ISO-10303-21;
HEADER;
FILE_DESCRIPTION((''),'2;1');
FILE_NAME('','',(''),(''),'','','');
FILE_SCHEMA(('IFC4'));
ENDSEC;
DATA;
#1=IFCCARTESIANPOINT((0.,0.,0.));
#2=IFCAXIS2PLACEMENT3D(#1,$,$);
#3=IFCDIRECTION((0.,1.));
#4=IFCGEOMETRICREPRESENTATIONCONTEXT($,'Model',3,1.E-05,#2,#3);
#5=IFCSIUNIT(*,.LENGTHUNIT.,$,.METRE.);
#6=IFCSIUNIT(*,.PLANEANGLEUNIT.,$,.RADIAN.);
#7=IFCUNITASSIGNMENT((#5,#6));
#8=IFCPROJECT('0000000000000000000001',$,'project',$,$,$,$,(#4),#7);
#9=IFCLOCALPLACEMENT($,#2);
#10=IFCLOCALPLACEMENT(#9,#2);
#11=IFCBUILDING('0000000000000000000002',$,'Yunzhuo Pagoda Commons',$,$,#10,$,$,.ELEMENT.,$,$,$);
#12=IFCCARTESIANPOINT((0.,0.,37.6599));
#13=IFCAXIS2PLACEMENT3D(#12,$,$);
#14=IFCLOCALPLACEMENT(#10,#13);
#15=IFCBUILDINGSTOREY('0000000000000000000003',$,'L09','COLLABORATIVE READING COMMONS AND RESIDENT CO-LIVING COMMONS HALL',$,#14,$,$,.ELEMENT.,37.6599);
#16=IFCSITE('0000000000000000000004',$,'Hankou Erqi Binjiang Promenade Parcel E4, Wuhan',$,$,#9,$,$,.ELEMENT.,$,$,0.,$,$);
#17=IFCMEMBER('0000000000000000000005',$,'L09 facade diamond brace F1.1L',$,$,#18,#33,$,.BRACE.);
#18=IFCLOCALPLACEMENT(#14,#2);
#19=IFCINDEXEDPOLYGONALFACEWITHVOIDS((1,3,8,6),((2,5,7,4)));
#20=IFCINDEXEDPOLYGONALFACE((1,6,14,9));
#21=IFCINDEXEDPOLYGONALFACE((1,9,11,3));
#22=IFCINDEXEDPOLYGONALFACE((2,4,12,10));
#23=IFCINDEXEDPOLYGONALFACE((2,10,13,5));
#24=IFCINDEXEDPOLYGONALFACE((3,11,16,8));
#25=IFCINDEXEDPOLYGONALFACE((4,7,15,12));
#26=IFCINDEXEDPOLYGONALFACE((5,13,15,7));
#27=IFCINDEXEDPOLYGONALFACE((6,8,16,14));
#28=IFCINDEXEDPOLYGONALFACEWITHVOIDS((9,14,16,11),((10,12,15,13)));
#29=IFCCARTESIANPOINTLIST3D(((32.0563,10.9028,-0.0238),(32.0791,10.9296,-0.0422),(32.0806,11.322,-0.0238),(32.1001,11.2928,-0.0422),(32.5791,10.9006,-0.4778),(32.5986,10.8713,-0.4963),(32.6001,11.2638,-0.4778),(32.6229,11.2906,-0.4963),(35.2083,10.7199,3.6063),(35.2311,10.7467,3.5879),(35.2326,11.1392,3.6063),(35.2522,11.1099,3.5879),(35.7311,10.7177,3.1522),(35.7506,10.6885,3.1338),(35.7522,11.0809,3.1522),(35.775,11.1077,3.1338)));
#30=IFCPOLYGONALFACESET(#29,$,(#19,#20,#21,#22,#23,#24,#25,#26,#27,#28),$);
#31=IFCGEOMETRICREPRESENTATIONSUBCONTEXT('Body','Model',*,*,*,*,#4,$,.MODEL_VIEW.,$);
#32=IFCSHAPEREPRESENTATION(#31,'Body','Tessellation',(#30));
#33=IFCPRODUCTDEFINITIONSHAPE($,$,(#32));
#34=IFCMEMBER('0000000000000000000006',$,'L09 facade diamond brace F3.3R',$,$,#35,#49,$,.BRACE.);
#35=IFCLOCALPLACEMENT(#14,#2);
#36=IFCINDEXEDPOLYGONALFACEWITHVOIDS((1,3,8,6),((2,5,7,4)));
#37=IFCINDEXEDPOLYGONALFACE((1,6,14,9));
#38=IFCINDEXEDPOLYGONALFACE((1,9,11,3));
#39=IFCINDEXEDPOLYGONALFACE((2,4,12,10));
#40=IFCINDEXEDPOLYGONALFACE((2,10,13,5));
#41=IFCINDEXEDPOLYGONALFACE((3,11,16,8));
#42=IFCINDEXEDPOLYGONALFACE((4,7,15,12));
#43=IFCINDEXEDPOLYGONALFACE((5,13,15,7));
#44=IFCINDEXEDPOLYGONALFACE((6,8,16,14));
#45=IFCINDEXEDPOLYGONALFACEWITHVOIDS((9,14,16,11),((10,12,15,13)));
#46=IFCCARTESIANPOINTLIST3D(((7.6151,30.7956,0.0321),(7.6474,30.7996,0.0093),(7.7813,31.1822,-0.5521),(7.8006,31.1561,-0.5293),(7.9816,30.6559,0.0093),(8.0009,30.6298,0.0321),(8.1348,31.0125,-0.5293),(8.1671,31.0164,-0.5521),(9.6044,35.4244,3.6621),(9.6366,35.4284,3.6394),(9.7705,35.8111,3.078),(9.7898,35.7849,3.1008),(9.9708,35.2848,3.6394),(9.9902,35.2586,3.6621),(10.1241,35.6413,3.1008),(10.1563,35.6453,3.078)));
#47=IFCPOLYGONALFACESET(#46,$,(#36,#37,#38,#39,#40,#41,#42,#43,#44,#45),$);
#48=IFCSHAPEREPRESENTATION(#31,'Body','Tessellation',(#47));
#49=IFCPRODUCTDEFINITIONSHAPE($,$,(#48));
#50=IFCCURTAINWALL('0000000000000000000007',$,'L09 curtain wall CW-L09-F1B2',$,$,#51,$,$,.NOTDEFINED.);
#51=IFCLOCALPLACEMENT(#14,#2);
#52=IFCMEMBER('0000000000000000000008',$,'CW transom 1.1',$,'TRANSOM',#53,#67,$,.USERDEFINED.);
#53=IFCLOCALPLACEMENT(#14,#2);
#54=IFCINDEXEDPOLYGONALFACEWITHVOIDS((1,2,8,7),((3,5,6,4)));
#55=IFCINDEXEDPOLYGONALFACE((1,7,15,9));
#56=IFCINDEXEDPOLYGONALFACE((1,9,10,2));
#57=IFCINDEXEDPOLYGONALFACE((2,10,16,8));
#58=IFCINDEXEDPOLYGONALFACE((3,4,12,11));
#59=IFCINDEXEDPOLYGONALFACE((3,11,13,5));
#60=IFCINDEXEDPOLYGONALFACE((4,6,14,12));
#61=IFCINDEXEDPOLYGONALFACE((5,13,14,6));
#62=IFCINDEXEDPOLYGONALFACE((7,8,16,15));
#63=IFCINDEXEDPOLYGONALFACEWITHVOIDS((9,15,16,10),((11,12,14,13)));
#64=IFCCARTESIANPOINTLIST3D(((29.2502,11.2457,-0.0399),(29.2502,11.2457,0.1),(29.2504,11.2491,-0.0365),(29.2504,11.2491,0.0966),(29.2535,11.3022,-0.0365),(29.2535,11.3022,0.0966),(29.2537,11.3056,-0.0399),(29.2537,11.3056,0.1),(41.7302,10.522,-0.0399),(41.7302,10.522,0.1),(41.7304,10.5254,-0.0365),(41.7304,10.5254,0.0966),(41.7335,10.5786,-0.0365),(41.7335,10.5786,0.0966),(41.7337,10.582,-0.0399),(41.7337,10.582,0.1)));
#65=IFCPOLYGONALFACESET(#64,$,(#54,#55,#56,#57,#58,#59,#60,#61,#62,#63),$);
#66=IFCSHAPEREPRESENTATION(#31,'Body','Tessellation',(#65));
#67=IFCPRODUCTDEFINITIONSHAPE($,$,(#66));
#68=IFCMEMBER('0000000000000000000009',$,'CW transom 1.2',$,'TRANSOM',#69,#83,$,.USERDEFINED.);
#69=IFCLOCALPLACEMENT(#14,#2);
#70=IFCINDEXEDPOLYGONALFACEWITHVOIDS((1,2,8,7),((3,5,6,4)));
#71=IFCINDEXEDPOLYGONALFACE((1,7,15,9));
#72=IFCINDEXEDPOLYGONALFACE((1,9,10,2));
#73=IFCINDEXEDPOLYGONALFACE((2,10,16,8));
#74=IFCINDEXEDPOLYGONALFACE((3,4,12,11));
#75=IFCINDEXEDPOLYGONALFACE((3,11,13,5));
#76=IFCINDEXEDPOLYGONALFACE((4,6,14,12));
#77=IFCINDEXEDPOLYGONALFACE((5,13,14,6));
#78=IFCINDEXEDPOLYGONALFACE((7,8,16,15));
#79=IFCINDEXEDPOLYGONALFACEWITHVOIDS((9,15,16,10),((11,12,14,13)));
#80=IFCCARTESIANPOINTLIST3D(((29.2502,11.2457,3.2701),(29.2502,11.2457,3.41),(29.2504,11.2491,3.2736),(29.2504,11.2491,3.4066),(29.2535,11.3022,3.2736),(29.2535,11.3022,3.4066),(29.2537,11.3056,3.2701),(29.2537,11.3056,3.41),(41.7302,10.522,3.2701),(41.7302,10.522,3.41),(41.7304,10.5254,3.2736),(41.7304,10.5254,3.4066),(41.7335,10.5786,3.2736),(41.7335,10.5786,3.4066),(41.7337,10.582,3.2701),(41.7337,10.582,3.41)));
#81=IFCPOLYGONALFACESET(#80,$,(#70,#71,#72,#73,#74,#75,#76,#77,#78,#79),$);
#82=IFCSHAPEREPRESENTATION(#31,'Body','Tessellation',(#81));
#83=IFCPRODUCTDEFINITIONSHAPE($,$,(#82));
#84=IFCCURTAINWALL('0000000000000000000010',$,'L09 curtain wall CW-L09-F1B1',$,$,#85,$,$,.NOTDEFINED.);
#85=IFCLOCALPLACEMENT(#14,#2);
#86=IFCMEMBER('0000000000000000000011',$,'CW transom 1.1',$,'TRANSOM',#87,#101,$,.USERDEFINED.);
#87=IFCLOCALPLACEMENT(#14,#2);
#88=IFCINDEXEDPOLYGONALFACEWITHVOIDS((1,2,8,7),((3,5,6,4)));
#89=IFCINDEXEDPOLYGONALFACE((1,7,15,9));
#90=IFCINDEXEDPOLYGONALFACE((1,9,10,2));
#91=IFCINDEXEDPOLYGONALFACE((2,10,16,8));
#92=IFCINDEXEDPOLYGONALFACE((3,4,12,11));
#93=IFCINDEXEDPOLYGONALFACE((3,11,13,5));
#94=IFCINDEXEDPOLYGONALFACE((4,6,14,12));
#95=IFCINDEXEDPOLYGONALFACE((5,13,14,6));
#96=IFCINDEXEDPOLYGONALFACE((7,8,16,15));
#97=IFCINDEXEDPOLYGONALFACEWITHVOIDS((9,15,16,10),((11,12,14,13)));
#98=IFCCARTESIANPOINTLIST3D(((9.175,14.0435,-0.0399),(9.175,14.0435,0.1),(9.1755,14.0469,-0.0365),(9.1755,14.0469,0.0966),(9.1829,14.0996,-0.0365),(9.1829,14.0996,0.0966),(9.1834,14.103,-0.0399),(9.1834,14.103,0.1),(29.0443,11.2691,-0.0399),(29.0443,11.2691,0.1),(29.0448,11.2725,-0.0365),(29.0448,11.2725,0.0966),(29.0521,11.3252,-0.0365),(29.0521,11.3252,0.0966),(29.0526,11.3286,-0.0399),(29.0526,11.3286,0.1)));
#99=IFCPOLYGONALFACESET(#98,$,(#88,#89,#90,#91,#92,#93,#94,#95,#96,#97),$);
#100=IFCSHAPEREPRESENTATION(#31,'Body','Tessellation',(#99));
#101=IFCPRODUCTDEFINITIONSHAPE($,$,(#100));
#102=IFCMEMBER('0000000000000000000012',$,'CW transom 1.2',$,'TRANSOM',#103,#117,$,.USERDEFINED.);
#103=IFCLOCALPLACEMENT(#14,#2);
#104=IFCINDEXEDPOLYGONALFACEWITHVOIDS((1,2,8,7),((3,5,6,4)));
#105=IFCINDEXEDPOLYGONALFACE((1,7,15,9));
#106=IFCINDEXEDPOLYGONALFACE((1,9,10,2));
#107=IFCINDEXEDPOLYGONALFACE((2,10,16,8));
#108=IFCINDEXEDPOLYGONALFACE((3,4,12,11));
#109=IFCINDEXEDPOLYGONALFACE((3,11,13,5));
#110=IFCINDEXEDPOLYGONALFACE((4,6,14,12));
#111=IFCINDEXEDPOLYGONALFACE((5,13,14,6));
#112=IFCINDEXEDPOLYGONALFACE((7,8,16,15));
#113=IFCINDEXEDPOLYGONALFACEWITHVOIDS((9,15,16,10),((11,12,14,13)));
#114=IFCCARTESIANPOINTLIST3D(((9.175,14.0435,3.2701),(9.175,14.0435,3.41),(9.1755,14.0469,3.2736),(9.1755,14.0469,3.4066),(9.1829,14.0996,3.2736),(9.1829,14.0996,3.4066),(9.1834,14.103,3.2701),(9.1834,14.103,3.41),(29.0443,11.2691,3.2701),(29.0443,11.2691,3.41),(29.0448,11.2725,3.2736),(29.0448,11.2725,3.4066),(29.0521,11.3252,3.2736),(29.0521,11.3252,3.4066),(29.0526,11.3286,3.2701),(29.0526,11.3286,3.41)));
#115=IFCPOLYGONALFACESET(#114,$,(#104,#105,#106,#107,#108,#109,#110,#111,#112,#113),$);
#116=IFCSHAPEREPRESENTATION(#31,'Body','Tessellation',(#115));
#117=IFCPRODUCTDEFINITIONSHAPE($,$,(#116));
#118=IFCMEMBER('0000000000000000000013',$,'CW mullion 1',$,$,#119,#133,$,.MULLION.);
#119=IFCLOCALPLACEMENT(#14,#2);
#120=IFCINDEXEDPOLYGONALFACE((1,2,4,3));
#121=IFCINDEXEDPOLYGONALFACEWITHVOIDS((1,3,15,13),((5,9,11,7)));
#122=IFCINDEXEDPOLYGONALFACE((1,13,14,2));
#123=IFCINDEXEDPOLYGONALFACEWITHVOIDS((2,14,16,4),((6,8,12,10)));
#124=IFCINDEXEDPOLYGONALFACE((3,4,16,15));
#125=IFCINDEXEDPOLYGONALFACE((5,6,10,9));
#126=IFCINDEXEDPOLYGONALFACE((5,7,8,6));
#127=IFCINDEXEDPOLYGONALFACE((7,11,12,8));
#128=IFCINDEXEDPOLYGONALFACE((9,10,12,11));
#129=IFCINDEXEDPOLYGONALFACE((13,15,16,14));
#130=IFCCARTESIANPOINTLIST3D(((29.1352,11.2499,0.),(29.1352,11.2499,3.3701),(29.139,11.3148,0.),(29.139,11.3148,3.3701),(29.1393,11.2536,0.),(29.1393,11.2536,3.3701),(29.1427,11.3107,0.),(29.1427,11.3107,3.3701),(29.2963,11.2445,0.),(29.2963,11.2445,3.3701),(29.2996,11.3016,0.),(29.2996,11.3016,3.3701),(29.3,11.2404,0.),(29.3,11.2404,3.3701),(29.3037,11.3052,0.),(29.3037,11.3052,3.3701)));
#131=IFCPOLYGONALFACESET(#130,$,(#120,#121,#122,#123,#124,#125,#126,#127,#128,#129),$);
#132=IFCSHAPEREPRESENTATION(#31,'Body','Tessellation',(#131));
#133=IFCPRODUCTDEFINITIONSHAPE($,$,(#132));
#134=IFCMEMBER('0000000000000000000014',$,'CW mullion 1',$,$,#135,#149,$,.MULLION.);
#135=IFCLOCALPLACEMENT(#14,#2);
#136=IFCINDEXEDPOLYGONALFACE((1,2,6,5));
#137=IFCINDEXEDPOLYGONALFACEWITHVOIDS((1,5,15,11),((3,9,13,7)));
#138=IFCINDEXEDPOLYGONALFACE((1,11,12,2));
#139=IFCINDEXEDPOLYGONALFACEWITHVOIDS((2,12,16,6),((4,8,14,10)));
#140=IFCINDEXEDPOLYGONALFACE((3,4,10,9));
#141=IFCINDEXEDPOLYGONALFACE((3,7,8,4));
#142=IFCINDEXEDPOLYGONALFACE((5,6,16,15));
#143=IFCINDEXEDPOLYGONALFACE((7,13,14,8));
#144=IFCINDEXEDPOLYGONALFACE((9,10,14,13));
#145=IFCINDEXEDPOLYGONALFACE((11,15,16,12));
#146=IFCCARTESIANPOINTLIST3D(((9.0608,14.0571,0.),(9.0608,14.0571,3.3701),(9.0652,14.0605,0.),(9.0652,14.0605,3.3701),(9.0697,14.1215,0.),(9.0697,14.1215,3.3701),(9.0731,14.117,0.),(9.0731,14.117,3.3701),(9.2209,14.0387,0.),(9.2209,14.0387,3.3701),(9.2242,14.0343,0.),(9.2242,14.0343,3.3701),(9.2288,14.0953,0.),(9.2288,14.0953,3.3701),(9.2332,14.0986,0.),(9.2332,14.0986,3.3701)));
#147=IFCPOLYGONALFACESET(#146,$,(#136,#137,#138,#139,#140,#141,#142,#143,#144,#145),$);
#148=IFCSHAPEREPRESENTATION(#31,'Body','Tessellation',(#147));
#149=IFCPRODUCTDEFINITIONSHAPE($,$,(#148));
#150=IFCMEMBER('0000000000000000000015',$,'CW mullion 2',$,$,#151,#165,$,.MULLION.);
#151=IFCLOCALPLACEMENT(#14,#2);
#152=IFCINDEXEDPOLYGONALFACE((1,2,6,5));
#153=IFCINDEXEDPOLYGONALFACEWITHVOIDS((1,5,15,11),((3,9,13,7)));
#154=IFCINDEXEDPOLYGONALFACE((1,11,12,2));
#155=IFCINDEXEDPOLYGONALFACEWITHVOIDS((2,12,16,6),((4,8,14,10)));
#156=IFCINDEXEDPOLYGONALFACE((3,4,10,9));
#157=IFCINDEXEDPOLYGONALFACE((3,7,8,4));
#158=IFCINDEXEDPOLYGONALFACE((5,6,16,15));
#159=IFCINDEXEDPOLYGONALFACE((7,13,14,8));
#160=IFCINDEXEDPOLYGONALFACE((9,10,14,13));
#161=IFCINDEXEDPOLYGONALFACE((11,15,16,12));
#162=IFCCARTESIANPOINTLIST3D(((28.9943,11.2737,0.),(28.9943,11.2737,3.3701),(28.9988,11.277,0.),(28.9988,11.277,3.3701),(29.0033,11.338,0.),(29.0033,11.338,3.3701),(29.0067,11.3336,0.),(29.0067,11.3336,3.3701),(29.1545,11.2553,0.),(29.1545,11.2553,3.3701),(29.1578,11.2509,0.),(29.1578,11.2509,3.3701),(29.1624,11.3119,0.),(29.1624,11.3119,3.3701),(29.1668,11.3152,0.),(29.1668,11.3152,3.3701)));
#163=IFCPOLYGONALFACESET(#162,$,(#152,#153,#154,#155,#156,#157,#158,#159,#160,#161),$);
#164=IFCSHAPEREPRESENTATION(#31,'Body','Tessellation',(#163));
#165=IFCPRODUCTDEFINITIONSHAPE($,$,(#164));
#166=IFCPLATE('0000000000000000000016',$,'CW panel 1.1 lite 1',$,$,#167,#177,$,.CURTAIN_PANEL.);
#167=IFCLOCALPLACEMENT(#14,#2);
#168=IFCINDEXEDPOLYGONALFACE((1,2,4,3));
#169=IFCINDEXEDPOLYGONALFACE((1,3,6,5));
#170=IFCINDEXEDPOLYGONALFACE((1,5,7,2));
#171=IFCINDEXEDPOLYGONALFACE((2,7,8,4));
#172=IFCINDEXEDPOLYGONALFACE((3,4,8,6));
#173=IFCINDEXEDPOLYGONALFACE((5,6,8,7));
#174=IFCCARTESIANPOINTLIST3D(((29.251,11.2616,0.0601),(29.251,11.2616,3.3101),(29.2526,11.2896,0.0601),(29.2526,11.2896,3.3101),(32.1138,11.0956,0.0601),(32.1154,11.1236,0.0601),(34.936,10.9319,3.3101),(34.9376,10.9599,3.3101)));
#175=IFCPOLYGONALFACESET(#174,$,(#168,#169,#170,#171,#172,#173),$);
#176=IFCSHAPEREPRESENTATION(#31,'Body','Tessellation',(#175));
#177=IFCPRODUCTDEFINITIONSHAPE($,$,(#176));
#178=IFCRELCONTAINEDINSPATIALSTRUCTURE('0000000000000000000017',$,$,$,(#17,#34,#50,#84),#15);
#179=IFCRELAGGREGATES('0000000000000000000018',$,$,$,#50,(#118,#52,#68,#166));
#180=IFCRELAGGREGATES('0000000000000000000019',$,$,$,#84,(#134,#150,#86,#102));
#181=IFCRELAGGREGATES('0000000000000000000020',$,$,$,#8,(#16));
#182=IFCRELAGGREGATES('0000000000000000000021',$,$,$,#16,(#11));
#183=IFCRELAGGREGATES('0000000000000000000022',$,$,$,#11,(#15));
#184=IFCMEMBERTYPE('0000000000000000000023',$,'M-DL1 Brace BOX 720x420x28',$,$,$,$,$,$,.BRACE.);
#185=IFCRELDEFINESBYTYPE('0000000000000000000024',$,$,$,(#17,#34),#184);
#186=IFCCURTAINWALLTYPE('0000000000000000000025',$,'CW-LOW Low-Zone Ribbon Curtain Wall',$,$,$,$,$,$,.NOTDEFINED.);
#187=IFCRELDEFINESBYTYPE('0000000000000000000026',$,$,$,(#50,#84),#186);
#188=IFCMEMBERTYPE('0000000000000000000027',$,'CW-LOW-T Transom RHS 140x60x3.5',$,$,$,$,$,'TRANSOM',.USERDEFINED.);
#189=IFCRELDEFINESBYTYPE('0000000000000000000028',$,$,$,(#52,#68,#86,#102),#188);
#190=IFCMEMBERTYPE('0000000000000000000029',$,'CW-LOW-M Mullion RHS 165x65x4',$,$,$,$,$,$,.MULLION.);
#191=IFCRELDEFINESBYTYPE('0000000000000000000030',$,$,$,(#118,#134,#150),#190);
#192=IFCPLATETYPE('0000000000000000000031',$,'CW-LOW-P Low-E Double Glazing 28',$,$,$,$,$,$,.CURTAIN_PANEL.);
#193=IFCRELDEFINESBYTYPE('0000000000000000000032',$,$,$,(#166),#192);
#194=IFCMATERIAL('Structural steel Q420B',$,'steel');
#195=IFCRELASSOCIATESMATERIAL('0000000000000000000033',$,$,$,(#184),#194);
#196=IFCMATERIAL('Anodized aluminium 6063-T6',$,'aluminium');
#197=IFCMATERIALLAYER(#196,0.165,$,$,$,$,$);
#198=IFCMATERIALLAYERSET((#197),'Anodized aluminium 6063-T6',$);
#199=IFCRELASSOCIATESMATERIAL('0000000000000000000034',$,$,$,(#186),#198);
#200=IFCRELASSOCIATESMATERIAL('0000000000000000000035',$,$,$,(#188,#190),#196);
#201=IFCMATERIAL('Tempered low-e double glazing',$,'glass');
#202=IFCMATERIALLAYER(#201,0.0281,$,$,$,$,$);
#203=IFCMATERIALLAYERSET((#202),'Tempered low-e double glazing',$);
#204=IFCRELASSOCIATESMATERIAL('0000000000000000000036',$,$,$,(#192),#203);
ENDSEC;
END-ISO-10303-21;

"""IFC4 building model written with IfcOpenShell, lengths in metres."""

from ifc_helpers import new_model, si_unit, direction, frame, origin, origin_2d, place, context, subcontext, project, spatial, polyline, hollow_rectangle, outline, extrude, source, transform, mapped, material, layer, layer_set, material_profile, profile_set, type_object, element, aggregate, save


model = new_model("IFC4")

# Units and contexts
model_context = context("Model", 3, precision=1e-05, world=origin(), true_north=direction((0.0, 1.0)))
body_context = subcontext(model_context, "Body", "Model", "MODEL_VIEW")
ifc_project = project(units=[si_unit("LENGTHUNIT", "METRE"), si_unit("PLANEANGLEUNIT", "RADIAN")], contexts=[model_context])

# Site, building, storey
site_placement = place(None, origin())
site = spatial("IfcSite", under=ifc_project, at=site_placement, Name="Hankou Erqi Binjiang Promenade Parcel E4, Wuhan", CompositionType="ELEMENT", RefElevation=0.0)
building_placement = place(site_placement, origin())
building = spatial("IfcBuilding", under=site, at=building_placement, Name="Yunzhuo Pagoda Commons", CompositionType="ELEMENT")
storey_placement = place(building_placement, frame((0.0, 0.0, 37.6599)))
storey = spatial("IfcBuildingStorey", under=building, at=storey_placement, Name="L09", Description="COLLABORATIVE READING COMMONS AND RESIDENT CO-LIVING COMMONS HALL", CompositionType="ELEMENT", Elevation=37.6599)

# Shared definitions
ifc_material_1 = material(Name="Structural steel Q420B", Category="steel")

# Members
ifc_material_profile_1 = material_profile(ifc_material_1, hollow_rectangle(XDim=0.4199, YDim=0.72, WallThickness=0.0281, at=origin_2d()), Name="Structural steel Q420B")
ifc_profile_set_1 = profile_set([ifc_material_profile_1], Name="Structural steel Q420B")
member_type_1 = type_object("IfcMemberType", Name="M-DL1 Brace BOX 720x420x28", PredefinedType="BRACE", material=ifc_profile_set_1)
shared_shape_1 = source(origin(), body_context, "Body", "SweptSolid", [
    extrude(hollow_rectangle(XDim=0.4199, YDim=0.72, WallThickness=0.0281, at=origin_2d()), origin(), (0.0, 0.0, 1.0), 4.811),
])
member_1_placement = place(storey_placement, frame((32.3396, 11.0967, -0.26), z_axis=(0.655168, -0.038008, 0.754527), x_axis=(0.057915, 0.998322, 0.0)))
element("IfcMember", 1, at=member_1_placement, inside=storey, type_object=member_type_1, Name="L09 facade diamond brace F1.1L", PredefinedType="BRACE", context=body_context, shape_type="MappedRepresentation", body=[
    mapped(shared_shape_1, transform((0.0, 0.0, 0.0), scale=1.0)),
])
shared_shape_2 = source(origin(), body_context, "Body", "SweptSolid", [
    extrude(hollow_rectangle(XDim=0.4199, YDim=0.72, WallThickness=0.0281, at=origin_2d()), origin(), (0.0, 0.0, 1.0), 6.2097),
])
member_2_placement = place(storey_placement, frame((7.8911, 30.906, -0.26), z_axis=(0.320341, 0.745418, 0.584579), x_axis=(-0.918754, 0.394831, 0.0)))
element("IfcMember", 2, at=member_2_placement, inside=storey, type_object=member_type_1, Name="L09 facade diamond brace F3.3R", PredefinedType="BRACE", context=body_context, shape_type="MappedRepresentation", body=[
    mapped(shared_shape_2, transform((0.0, 0.0, 0.0), scale=1.0)),
])

# Curtain walls, members
ifc_material_2 = material(Name="Anodized aluminium 6063-T6", Category="aluminium")
ifc_layer_1 = layer(ifc_material_2, 0.165)
ifc_layer_set_1 = layer_set([ifc_layer_1], Name="Anodized aluminium 6063-T6")
curtain_wall_type = type_object("IfcCurtainWallType", Name="CW-LOW Low-Zone Ribbon Curtain Wall", PredefinedType="NOTDEFINED", material=ifc_layer_set_1)
curtain_wall_1_placement = place(storey_placement, origin())
curtain_wall_1 = element("IfcCurtainWall", 3, at=curtain_wall_1_placement, inside=storey, type_object=curtain_wall_type, Name="L09 curtain wall CW-L09-F1B2", PredefinedType="NOTDEFINED")
ifc_material_profile_2 = material_profile(ifc_material_2, hollow_rectangle(XDim=0.0601, YDim=0.1399, WallThickness=0.0034, at=origin_2d()), Name="Anodized aluminium 6063-T6")
ifc_profile_set_2 = profile_set([ifc_material_profile_2], Name="Anodized aluminium 6063-T6")
member_type_2 = type_object("IfcMemberType", Name="CW-LOW-T Transom RHS 140x60x3.5", ElementType="TRANSOM", PredefinedType="USERDEFINED", material=ifc_profile_set_2)
shared_shape_3 = source(origin(), body_context, "Body", "SweptSolid", [
    extrude(hollow_rectangle(XDim=0.0601, YDim=0.1399, WallThickness=0.0034, at=origin_2d()), origin(), (0.0, 0.0, 1.0), 12.501),
])
member_3_placement = place(storey_placement, frame((29.252, 11.2756, 0.03), z_axis=(0.998323, -0.057886, 0.0), x_axis=(0.057886, 0.998323, 0.0)))
member_3 = element("IfcMember", 4, at=member_3_placement, type_object=member_type_2, Name="CW transom 1.1", ObjectType="TRANSOM", PredefinedType="USERDEFINED", context=body_context, shape_type="MappedRepresentation", body=[
    mapped(shared_shape_3, transform((0.0, 0.0, 0.0), scale=1.0)),
])
member_4_placement = place(storey_placement, frame((29.252, 11.2756, 3.3401), z_axis=(0.998323, -0.057886, 0.0), x_axis=(0.057886, 0.998323, 0.0)))
member_4 = element("IfcMember", 5, at=member_4_placement, type_object=member_type_2, Name="CW transom 1.2", ObjectType="TRANSOM", PredefinedType="USERDEFINED", context=body_context, shape_type="MappedRepresentation", body=[
    mapped(shared_shape_3, transform((0.0, 0.0, 0.0), scale=1.0)),
])
curtain_wall_2_placement = place(storey_placement, origin())
curtain_wall_2 = element("IfcCurtainWall", 6, at=curtain_wall_2_placement, inside=storey, type_object=curtain_wall_type, Name="L09 curtain wall CW-L09-F1B1", PredefinedType="NOTDEFINED")
shared_shape_4 = source(origin(), body_context, "Body", "SweptSolid", [
    extrude(hollow_rectangle(XDim=0.0601, YDim=0.1399, WallThickness=0.0034, at=origin_2d()), origin(), (0.0, 0.0, 1.0), 20.062),
])
member_5_placement = place(storey_placement, frame((9.1792, 14.0732, 0.03), z_axis=(0.990391, -0.138293, 0.0), x_axis=(0.138293, 0.990391, 0.0)))
member_5 = element("IfcMember", 7, at=member_5_placement, type_object=member_type_2, Name="CW transom 1.1", ObjectType="TRANSOM", PredefinedType="USERDEFINED", context=body_context, shape_type="MappedRepresentation", body=[
    mapped(shared_shape_4, transform((0.0, 0.0, 0.0), scale=1.0)),
])
member_6_placement = place(storey_placement, frame((9.1792, 14.0732, 3.3401), z_axis=(0.990391, -0.138293, 0.0), x_axis=(0.138293, 0.990391, 0.0)))
member_6 = element("IfcMember", 8, at=member_6_placement, type_object=member_type_2, Name="CW transom 1.2", ObjectType="TRANSOM", PredefinedType="USERDEFINED", context=body_context, shape_type="MappedRepresentation", body=[
    mapped(shared_shape_4, transform((0.0, 0.0, 0.0), scale=1.0)),
])

# Members
ifc_material_profile_3 = material_profile(ifc_material_2, hollow_rectangle(XDim=0.0649, YDim=0.165, WallThickness=0.0039, at=origin_2d()), Name="Anodized aluminium 6063-T6")
ifc_profile_set_3 = profile_set([ifc_material_profile_3], Name="Anodized aluminium 6063-T6")
member_type_3 = type_object("IfcMemberType", Name="CW-LOW-M Mullion RHS 165x65x4", PredefinedType="MULLION", material=ifc_profile_set_3)
shared_shape_5 = source(origin(), body_context, "Body", "SweptSolid", [
    extrude(hollow_rectangle(XDim=0.0649, YDim=0.165, WallThickness=0.0039, at=origin_2d()), origin(), (0.0, 0.0, 1.0), 3.3701),
])
member_7_placement = place(storey_placement, frame((29.2195, 11.2776, 0.0), z_axis=(0.0, 0.0, 1.0), x_axis=(0.057899, 0.998322, 0.0)))
member_7 = element("IfcMember", 9, at=member_7_placement, type_object=member_type_3, Name="CW mullion 1", PredefinedType="MULLION", context=body_context, shape_type="MappedRepresentation", body=[
    mapped(shared_shape_5, transform((0.0, 0.0, 0.0), scale=1.0)),
])
member_8_placement = place(storey_placement, frame((9.147, 14.0779, 0.0), z_axis=(0.0, 0.0, 1.0), x_axis=(0.138294, 0.990391, 0.0)))
member_8 = element("IfcMember", 10, at=member_8_placement, type_object=member_type_3, Name="CW mullion 1", PredefinedType="MULLION", context=body_context, shape_type="MappedRepresentation", body=[
    mapped(shared_shape_5, transform((0.0, 0.0, 0.0), scale=1.0)),
])
member_9_placement = place(storey_placement, frame((29.0806, 11.2944, 0.0), z_axis=(0.0, 0.0, 1.0), x_axis=(0.138294, 0.990391, 0.0)))
member_9 = element("IfcMember", 11, at=member_9_placement, type_object=member_type_3, Name="CW mullion 2", PredefinedType="MULLION", context=body_context, shape_type="MappedRepresentation", body=[
    mapped(shared_shape_5, transform((0.0, 0.0, 0.0), scale=1.0)),
])

# Plate
ifc_material_3 = material(Name="Tempered low-e double glazing", Category="glass")
ifc_layer_2 = layer(ifc_material_3, 0.0281)
ifc_layer_set_2 = layer_set([ifc_layer_2], Name="Tempered low-e double glazing")
plate_type = type_object("IfcPlateType", Name="CW-LOW-P Low-E Double Glazing 28", PredefinedType="CURTAIN_PANEL", material=ifc_layer_set_2)
plate_1_placement = place(storey_placement, frame((32.0952, 11.1248, 1.6851), z_axis=(-0.057899, -0.998322, 0.0), x_axis=(0.998322, -0.057899, 0.0)))
plate_1 = element("IfcPlate", 12, at=plate_1_placement, type_object=plate_type, Name="CW panel 1.1 lite 1", PredefinedType="CURTAIN_PANEL", context=body_context, shape_type="SweptSolid", body=[
    extrude(outline(polyline([(-2.8474, -1.625), (0.0203, -1.625), (2.8472, 1.625), (-2.8474, 1.625), (-2.8474, -1.625)])), origin(), (0.0, 0.0, 1.0), 0.0281),
])
aggregate(curtain_wall_1, [member_7, member_3, member_4, plate_1])
aggregate(curtain_wall_2, [member_8, member_9, member_5, member_6])

save(model, "model.ifc")
